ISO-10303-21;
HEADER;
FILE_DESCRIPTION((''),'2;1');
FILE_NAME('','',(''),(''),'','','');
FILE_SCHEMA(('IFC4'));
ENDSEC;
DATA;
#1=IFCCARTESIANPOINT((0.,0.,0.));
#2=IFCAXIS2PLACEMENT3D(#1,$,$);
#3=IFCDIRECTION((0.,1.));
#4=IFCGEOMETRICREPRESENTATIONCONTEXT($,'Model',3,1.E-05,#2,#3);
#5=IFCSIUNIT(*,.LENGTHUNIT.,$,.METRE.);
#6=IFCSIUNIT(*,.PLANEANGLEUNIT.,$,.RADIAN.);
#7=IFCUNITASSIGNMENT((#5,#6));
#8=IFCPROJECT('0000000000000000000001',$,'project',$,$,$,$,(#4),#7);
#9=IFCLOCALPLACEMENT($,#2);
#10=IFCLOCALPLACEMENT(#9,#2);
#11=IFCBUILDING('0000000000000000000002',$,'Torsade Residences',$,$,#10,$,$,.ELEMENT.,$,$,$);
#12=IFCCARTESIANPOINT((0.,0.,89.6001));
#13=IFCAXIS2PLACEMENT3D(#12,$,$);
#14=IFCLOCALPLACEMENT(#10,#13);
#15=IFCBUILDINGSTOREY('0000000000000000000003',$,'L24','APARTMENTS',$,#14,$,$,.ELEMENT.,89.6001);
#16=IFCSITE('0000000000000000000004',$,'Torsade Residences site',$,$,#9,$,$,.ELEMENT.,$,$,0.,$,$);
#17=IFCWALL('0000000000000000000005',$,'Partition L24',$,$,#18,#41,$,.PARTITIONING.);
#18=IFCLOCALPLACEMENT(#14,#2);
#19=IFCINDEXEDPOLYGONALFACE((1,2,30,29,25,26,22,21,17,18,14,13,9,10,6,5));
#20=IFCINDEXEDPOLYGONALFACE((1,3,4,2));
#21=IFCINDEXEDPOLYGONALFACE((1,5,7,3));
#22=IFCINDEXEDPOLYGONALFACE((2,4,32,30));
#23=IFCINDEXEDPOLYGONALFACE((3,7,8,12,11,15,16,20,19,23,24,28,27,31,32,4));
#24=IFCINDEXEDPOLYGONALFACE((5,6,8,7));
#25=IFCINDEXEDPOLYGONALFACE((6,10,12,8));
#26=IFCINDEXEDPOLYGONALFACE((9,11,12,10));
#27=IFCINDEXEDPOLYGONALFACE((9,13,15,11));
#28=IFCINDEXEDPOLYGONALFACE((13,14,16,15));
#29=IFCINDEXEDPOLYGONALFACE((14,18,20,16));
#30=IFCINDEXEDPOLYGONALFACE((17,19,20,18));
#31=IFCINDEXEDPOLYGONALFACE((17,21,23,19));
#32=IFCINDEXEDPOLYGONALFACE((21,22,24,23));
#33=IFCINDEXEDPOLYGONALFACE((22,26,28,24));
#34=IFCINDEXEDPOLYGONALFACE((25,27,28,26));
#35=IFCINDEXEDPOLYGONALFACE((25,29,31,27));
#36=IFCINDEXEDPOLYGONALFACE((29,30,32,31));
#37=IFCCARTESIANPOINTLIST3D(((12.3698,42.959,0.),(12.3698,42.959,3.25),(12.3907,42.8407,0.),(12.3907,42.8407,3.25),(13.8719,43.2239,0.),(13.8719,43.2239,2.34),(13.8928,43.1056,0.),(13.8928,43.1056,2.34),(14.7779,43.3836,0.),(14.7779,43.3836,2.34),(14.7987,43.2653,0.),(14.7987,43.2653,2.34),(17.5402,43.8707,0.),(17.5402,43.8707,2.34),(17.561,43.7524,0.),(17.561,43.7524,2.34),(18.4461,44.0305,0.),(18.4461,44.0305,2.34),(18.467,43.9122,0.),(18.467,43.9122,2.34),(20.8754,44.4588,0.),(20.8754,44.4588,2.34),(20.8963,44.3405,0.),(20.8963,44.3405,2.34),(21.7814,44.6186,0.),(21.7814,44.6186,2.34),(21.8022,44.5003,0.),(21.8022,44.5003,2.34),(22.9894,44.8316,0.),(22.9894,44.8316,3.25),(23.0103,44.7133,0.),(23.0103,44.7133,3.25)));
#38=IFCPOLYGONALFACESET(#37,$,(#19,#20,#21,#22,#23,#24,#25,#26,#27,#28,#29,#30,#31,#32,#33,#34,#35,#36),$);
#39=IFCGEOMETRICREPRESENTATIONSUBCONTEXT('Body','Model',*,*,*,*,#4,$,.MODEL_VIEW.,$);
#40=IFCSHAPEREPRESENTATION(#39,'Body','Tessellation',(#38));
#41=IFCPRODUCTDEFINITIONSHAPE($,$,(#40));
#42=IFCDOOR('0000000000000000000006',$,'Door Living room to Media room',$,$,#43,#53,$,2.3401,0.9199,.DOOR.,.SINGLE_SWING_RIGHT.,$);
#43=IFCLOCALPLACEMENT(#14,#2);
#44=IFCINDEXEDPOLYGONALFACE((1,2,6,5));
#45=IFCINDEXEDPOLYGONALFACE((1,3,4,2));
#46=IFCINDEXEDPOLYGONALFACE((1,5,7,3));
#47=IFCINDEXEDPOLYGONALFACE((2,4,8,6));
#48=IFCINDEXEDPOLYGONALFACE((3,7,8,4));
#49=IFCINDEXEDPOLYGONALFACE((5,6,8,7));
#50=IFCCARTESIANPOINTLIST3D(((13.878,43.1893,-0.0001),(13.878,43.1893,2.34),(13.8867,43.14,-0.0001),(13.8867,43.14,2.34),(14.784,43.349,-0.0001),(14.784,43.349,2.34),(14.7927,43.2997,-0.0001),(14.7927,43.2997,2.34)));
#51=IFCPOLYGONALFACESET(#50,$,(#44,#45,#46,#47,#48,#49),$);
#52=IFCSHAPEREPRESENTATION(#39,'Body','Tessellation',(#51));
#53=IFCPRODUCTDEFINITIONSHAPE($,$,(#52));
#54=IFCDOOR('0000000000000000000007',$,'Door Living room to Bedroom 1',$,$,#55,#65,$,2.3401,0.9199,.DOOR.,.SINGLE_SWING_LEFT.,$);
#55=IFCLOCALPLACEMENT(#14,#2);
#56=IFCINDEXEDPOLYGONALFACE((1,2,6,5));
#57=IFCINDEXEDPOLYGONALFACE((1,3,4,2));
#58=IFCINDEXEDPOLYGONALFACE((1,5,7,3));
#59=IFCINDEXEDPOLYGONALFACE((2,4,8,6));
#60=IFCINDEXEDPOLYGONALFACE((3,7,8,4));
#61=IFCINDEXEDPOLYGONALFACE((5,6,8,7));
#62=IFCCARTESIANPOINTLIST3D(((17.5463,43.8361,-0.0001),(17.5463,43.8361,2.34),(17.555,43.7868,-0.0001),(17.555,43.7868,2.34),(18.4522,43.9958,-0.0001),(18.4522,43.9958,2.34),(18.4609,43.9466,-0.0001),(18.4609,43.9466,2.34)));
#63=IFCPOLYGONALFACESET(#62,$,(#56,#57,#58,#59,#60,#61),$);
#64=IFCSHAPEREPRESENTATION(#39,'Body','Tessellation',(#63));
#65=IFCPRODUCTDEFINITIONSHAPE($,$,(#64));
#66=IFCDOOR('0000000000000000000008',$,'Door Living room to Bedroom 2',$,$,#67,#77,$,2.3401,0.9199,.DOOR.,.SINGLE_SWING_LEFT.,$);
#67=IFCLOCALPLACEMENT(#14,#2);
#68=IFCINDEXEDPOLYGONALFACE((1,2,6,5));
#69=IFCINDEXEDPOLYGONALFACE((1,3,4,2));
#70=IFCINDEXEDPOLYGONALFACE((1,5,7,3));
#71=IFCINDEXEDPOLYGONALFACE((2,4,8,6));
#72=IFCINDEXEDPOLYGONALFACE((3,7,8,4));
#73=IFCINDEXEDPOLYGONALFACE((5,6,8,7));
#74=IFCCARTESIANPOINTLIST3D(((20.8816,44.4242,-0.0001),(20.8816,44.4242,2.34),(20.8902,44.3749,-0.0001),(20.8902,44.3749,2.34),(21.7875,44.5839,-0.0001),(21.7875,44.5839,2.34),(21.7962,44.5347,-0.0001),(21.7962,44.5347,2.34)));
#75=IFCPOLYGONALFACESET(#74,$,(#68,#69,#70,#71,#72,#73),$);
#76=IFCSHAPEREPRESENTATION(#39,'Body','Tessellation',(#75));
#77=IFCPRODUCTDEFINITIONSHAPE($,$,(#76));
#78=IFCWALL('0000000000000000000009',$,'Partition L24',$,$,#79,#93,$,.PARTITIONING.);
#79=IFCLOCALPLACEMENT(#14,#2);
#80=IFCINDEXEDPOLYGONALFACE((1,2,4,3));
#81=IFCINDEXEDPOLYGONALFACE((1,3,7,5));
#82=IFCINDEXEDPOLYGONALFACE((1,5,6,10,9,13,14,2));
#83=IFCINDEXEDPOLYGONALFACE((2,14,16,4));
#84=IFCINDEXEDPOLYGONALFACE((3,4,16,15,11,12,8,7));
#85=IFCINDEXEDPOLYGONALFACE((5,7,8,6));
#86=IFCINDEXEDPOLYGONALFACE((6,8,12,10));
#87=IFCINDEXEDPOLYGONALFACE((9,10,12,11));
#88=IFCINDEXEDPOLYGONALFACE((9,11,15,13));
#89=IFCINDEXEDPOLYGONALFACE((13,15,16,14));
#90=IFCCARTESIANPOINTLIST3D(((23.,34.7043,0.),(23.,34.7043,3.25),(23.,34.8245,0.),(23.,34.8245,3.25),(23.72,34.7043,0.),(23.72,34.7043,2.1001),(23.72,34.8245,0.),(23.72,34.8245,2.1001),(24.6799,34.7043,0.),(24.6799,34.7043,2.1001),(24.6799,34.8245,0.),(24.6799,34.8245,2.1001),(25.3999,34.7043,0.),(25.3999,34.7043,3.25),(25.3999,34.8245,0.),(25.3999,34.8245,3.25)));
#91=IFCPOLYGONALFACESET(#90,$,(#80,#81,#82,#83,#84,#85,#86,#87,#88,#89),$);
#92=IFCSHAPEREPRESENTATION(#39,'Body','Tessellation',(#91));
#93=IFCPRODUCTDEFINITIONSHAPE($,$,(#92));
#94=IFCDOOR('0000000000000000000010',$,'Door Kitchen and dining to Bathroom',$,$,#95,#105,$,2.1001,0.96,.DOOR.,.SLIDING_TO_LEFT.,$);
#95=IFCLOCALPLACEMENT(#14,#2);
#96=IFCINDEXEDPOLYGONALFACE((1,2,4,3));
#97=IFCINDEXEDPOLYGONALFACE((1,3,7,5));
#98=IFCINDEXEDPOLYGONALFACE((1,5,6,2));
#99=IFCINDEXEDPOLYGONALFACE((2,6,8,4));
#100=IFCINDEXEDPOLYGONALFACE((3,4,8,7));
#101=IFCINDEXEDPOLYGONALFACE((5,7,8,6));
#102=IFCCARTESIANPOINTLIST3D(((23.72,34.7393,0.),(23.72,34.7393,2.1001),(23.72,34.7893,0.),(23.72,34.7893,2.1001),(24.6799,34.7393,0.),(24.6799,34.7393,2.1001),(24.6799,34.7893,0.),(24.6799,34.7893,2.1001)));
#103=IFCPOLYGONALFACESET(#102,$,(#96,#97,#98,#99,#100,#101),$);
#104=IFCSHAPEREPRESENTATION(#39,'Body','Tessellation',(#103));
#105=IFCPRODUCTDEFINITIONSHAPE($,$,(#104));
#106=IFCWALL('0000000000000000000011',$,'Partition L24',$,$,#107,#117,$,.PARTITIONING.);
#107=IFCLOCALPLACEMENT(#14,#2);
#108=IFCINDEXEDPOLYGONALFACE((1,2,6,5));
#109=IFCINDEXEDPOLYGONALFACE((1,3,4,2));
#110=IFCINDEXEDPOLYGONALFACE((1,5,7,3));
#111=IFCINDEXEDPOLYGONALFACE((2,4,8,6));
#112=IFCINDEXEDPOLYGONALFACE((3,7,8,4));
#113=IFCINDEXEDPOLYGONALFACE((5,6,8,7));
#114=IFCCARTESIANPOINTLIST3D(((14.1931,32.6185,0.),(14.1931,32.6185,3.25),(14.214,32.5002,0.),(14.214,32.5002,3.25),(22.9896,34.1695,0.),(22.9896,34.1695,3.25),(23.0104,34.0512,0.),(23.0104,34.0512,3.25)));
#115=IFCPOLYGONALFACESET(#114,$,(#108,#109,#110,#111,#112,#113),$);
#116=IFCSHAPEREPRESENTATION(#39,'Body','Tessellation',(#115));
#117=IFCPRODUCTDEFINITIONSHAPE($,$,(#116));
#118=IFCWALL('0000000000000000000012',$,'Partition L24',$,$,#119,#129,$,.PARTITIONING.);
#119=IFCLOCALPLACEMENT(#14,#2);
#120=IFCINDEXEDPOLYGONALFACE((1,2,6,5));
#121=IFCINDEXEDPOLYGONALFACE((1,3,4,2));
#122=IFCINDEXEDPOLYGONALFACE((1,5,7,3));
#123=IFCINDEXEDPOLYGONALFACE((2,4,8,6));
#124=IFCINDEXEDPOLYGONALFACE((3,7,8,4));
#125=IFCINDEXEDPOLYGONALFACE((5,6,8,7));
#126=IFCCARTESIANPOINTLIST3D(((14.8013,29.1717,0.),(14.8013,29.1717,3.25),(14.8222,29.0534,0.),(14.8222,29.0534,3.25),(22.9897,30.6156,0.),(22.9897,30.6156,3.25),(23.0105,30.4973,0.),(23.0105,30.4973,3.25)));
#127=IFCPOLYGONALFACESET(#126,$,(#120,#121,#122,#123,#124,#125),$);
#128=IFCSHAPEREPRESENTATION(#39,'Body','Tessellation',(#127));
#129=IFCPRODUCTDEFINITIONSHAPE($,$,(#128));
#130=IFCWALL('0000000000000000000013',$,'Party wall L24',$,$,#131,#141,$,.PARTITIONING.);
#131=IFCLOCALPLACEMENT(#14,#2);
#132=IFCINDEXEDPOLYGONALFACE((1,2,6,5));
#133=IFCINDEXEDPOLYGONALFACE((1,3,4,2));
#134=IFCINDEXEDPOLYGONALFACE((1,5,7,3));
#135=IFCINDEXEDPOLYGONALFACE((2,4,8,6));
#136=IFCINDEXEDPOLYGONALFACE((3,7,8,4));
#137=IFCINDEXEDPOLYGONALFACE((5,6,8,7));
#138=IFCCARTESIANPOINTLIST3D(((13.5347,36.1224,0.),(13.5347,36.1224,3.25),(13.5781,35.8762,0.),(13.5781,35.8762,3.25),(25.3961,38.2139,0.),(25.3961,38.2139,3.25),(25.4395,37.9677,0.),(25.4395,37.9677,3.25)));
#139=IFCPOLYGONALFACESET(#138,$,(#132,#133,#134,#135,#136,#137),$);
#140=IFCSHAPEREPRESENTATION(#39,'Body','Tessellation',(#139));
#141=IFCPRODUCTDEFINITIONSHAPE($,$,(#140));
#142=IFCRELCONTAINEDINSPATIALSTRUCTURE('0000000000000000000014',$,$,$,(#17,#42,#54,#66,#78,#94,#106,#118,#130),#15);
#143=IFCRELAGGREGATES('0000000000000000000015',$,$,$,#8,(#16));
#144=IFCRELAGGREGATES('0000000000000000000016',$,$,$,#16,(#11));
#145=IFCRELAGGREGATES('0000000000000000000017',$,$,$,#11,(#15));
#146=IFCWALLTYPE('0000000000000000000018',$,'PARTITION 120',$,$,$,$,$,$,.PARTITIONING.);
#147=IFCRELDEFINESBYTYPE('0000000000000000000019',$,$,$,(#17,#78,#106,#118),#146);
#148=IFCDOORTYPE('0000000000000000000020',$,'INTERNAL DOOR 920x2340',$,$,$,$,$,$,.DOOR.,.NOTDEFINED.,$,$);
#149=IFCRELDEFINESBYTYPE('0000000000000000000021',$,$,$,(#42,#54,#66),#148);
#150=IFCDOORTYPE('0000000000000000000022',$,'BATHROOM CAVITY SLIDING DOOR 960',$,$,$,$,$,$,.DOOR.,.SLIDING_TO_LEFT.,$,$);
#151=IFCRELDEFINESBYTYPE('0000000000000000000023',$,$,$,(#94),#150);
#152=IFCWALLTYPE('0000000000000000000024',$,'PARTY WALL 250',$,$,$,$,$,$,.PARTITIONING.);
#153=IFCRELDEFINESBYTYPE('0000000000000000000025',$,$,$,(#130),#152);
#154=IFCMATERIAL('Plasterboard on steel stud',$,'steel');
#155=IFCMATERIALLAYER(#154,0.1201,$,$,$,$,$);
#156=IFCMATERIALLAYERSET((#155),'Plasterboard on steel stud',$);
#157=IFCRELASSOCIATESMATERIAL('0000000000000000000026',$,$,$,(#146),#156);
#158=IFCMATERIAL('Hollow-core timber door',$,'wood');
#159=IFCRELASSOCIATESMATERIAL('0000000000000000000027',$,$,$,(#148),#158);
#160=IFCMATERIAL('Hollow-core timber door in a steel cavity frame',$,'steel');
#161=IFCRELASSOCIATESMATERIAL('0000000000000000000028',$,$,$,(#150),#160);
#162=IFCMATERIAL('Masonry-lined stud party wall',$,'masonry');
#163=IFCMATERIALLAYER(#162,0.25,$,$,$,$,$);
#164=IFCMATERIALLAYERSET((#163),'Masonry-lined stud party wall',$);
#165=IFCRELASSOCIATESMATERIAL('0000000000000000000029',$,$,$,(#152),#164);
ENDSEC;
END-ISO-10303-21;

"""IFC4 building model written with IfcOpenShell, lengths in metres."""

from ifc_helpers import new_model, si_unit, direction, frame, frame_2d, origin, place, context, subcontext, project, spatial, rectangle, extrude, material, layer, layer_set, type_object, element, fill, save


model = new_model("IFC4")

# Units and contexts
model_context = context("Model", 3, precision=1e-05, world=origin(), true_north=direction((0.0, 1.0)))
body_context = subcontext(model_context, "Body", "Model", "MODEL_VIEW")
ifc_project = project(units=[si_unit("LENGTHUNIT", "METRE"), si_unit("PLANEANGLEUNIT", "RADIAN")], contexts=[model_context])

# Site, building, storey
site_placement = place(None, origin())
site = spatial("IfcSite", under=ifc_project, at=site_placement, Name="Torsade Residences site", CompositionType="ELEMENT", RefElevation=0.0)
building_placement = place(site_placement, origin())
building = spatial("IfcBuilding", under=site, at=building_placement, Name="Torsade Residences", CompositionType="ELEMENT")
storey_placement = place(building_placement, frame((0.0, 0.0, 89.6001)))
storey = spatial("IfcBuildingStorey", under=building, at=storey_placement, Name="L24", Description="APARTMENTS", CompositionType="ELEMENT", Elevation=89.6001)

# Shared definitions
ifc_material_1 = material(Name="Plasterboard on steel stud", Category="steel")
ifc_layer_1 = layer(ifc_material_1, 0.1201)
ifc_layer_set_1 = layer_set([ifc_layer_1], Name="Plasterboard on steel stud")
wall_type_1 = type_object("IfcWallType", Name="PARTITION 120", PredefinedType="PARTITIONING", material=ifc_layer_set_1)
ifc_material_2 = material(Name="Hollow-core timber door", Category="wood")
door_type_1 = type_object("IfcDoorType", Name="INTERNAL DOOR 920x2340", OperationType="NOTDEFINED", PredefinedType="DOOR", material=ifc_material_2)

# Wall, openings, doors
wall_1_placement = place(storey_placement, frame((12.3804, 42.8999, 0.0), z_axis=(0.0, 0.0, 1.0), x_axis=(0.984807, 0.173651, 0.0)))
wall_1 = element("IfcWall", 1, at=wall_1_placement, inside=storey, type_object=wall_type_1, Name="Partition L24", PredefinedType="PARTITIONING", context=body_context, shape_type="SweptSolid", body=[
    extrude(rectangle(XDim=10.7834, YDim=0.1201, at=frame_2d((5.3916, 0.0))), origin(), (0.0, 0.0, 1.0), 3.25),
])
opening_1_placement = place(wall_1_placement, frame((1.5251, 0.0, 0.0)))
opening_1 = element("IfcOpeningElement", 2, at=opening_1_placement, cuts=wall_1, PredefinedType="OPENING", context=body_context, shape_type="SweptSolid", body=[
    extrude(rectangle(XDim=0.9199, YDim=2.3401, at=frame_2d((0.46, 1.1699))), frame((0.0, 0.0701, 0.0), z_axis=(0.0, -1.0, 0.0), x_axis=(1.0, 0.0, 0.0)), (0.0, 0.0, 1.0), 0.1401),
])
opening_2_placement = place(wall_1_placement, frame((5.25, 0.0, 0.0)))
opening_2 = element("IfcOpeningElement", 3, at=opening_2_placement, cuts=wall_1, PredefinedType="OPENING", context=body_context, shape_type="SweptSolid", body=[
    extrude(rectangle(XDim=0.9199, YDim=2.3401, at=frame_2d((0.46, 1.1699))), frame((0.0, 0.0701, 0.0), z_axis=(0.0, -1.0, 0.0), x_axis=(1.0, 0.0, 0.0)), (0.0, 0.0, 1.0), 0.1401),
])
opening_3_placement = place(wall_1_placement, frame((8.6367, 0.0, 0.0)))
opening_3 = element("IfcOpeningElement", 4, at=opening_3_placement, cuts=wall_1, PredefinedType="OPENING", context=body_context, shape_type="SweptSolid", body=[
    extrude(rectangle(XDim=0.9199, YDim=2.3401, at=frame_2d((0.46, 1.1699))), frame((0.0, 0.0701, 0.0), z_axis=(0.0, -1.0, 0.0), x_axis=(1.0, 0.0, 0.0)), (0.0, 0.0, 1.0), 0.1401),
])
door_1_placement = place(opening_1_placement, origin())
door_1 = element("IfcDoor", 5, at=door_1_placement, inside=storey, type_object=door_type_1, Name="Door Living room to Media room", OperationType="SINGLE_SWING_RIGHT", OverallHeight=2.3401, OverallWidth=0.9199, PredefinedType="DOOR", context=body_context, shape_type="SweptSolid", body=[
    extrude(rectangle(XDim=0.9199, YDim=2.3401, at=frame_2d((0.46, 1.1699))), frame((0.0, 0.0249, 0.0), z_axis=(0.0, -1.0, 0.0), x_axis=(1.0, 0.0, 0.0)), (0.0, 0.0, 1.0), 0.05),
])
fill(opening_1, door_1)
door_2_placement = place(opening_2_placement, origin())
door_2 = element("IfcDoor", 6, at=door_2_placement, inside=storey, type_object=door_type_1, Name="Door Living room to Bedroom 1", OperationType="SINGLE_SWING_LEFT", OverallHeight=2.3401, OverallWidth=0.9199, PredefinedType="DOOR", context=body_context, shape_type="SweptSolid", body=[
    extrude(rectangle(XDim=0.9199, YDim=2.3401, at=frame_2d((0.46, 1.1699))), frame((0.0, 0.0249, 0.0), z_axis=(0.0, -1.0, 0.0), x_axis=(1.0, 0.0, 0.0)), (0.0, 0.0, 1.0), 0.05),
])
fill(opening_2, door_2)
door_3_placement = place(opening_3_placement, origin())
door_3 = element("IfcDoor", 7, at=door_3_placement, inside=storey, type_object=door_type_1, Name="Door Living room to Bedroom 2", OperationType="SINGLE_SWING_LEFT", OverallHeight=2.3401, OverallWidth=0.9199, PredefinedType="DOOR", context=body_context, shape_type="SweptSolid", body=[
    extrude(rectangle(XDim=0.9199, YDim=2.3401, at=frame_2d((0.46, 1.1699))), frame((0.0, 0.0249, 0.0), z_axis=(0.0, -1.0, 0.0), x_axis=(1.0, 0.0, 0.0)), (0.0, 0.0, 1.0), 0.05),
])
fill(opening_3, door_3)

# Wall, opening, door
wall_2_placement = place(storey_placement, frame((23.0, 34.7644, 0.0), z_axis=(0.0, 0.0, 1.0), x_axis=(1.0, 0.0, 0.0)))
wall_2 = element("IfcWall", 8, at=wall_2_placement, inside=storey, type_object=wall_type_1, Name="Partition L24", PredefinedType="PARTITIONING", context=body_context, shape_type="SweptSolid", body=[
    extrude(rectangle(XDim=2.3999, YDim=0.1201, at=frame_2d((1.2, 0.0))), origin(), (0.0, 0.0, 1.0), 3.25),
])
opening_4_placement = place(wall_2_placement, frame((0.72, 0.0, 0.0)))
opening_4 = element("IfcOpeningElement", 9, at=opening_4_placement, cuts=wall_2, PredefinedType="OPENING", context=body_context, shape_type="SweptSolid", body=[
    extrude(rectangle(XDim=0.96, YDim=2.1001, at=frame_2d((0.48, 1.05))), frame((0.0, 0.0701, 0.0), z_axis=(0.0, -1.0, 0.0), x_axis=(1.0, 0.0, 0.0)), (0.0, 0.0, 1.0), 0.1401),
])
ifc_material_3 = material(Name="Hollow-core timber door in a steel cavity frame", Category="steel")
door_type_2 = type_object("IfcDoorType", Name="BATHROOM CAVITY SLIDING DOOR 960", OperationType="SLIDING_TO_LEFT", PredefinedType="DOOR", material=ifc_material_3)
door_4_placement = place(opening_4_placement, origin())
door_4 = element("IfcDoor", 10, at=door_4_placement, inside=storey, type_object=door_type_2, Name="Door Kitchen and dining to Bathroom", OperationType="SLIDING_TO_LEFT", OverallHeight=2.1001, OverallWidth=0.96, PredefinedType="DOOR", context=body_context, shape_type="SweptSolid", body=[
    extrude(rectangle(XDim=0.96, YDim=2.1001, at=frame_2d((0.48, 1.05))), frame((0.0, 0.0249, 0.0), z_axis=(0.0, -1.0, 0.0), x_axis=(1.0, 0.0, 0.0)), (0.0, 0.0, 1.0), 0.05),
])
fill(opening_4, door_4)

# Walls
wall_3_placement = place(storey_placement, frame((23.0, 34.1104, 0.0), z_axis=(0.0, 0.0, 1.0), x_axis=(-0.984808, -0.173647, 0.0)))
element("IfcWall", 11, at=wall_3_placement, inside=storey, type_object=wall_type_1, Name="Partition L24", PredefinedType="PARTITIONING", context=body_context, shape_type="SweptSolid", body=[
    extrude(rectangle(XDim=8.9321, YDim=0.1201, at=frame_2d((4.4661, 0.0))), origin(), (0.0, 0.0, 1.0), 3.25),
])
wall_4_placement = place(storey_placement, frame((23.0, 30.5564, 0.0), z_axis=(0.0, 0.0, 1.0), x_axis=(-0.984808, -0.173648, 0.0)))
element("IfcWall", 12, at=wall_4_placement, inside=storey, type_object=wall_type_1, Name="Partition L24", PredefinedType="PARTITIONING", context=body_context, shape_type="SweptSolid", body=[
    extrude(rectangle(XDim=8.3147, YDim=0.1201, at=frame_2d((4.1572, 0.0))), origin(), (0.0, 0.0, 1.0), 3.25),
])
ifc_material_4 = material(Name="Masonry-lined stud party wall", Category="masonry")
ifc_layer_2 = layer(ifc_material_4, 0.25)
ifc_layer_set_2 = layer_set([ifc_layer_2], Name="Masonry-lined stud party wall")
wall_type_2 = type_object("IfcWallType", Name="PARTY WALL 250", PredefinedType="PARTITIONING", material=ifc_layer_set_2)
wall_5_placement = place(storey_placement, frame((13.5564, 35.9993, 0.0), z_axis=(0.0, 0.0, 1.0), x_axis=(0.984807, 0.173655, 0.0)))
element("IfcWall", 13, at=wall_5_placement, inside=storey, type_object=wall_type_2, Name="Party wall L24", PredefinedType="PARTITIONING", context=body_context, shape_type="SweptSolid", body=[
    extrude(rectangle(XDim=12.0444, YDim=0.25, at=frame_2d((6.0222, 0.0))), origin(), (0.0, 0.0, 1.0), 3.25),
])

save(model, "model.ifc")
